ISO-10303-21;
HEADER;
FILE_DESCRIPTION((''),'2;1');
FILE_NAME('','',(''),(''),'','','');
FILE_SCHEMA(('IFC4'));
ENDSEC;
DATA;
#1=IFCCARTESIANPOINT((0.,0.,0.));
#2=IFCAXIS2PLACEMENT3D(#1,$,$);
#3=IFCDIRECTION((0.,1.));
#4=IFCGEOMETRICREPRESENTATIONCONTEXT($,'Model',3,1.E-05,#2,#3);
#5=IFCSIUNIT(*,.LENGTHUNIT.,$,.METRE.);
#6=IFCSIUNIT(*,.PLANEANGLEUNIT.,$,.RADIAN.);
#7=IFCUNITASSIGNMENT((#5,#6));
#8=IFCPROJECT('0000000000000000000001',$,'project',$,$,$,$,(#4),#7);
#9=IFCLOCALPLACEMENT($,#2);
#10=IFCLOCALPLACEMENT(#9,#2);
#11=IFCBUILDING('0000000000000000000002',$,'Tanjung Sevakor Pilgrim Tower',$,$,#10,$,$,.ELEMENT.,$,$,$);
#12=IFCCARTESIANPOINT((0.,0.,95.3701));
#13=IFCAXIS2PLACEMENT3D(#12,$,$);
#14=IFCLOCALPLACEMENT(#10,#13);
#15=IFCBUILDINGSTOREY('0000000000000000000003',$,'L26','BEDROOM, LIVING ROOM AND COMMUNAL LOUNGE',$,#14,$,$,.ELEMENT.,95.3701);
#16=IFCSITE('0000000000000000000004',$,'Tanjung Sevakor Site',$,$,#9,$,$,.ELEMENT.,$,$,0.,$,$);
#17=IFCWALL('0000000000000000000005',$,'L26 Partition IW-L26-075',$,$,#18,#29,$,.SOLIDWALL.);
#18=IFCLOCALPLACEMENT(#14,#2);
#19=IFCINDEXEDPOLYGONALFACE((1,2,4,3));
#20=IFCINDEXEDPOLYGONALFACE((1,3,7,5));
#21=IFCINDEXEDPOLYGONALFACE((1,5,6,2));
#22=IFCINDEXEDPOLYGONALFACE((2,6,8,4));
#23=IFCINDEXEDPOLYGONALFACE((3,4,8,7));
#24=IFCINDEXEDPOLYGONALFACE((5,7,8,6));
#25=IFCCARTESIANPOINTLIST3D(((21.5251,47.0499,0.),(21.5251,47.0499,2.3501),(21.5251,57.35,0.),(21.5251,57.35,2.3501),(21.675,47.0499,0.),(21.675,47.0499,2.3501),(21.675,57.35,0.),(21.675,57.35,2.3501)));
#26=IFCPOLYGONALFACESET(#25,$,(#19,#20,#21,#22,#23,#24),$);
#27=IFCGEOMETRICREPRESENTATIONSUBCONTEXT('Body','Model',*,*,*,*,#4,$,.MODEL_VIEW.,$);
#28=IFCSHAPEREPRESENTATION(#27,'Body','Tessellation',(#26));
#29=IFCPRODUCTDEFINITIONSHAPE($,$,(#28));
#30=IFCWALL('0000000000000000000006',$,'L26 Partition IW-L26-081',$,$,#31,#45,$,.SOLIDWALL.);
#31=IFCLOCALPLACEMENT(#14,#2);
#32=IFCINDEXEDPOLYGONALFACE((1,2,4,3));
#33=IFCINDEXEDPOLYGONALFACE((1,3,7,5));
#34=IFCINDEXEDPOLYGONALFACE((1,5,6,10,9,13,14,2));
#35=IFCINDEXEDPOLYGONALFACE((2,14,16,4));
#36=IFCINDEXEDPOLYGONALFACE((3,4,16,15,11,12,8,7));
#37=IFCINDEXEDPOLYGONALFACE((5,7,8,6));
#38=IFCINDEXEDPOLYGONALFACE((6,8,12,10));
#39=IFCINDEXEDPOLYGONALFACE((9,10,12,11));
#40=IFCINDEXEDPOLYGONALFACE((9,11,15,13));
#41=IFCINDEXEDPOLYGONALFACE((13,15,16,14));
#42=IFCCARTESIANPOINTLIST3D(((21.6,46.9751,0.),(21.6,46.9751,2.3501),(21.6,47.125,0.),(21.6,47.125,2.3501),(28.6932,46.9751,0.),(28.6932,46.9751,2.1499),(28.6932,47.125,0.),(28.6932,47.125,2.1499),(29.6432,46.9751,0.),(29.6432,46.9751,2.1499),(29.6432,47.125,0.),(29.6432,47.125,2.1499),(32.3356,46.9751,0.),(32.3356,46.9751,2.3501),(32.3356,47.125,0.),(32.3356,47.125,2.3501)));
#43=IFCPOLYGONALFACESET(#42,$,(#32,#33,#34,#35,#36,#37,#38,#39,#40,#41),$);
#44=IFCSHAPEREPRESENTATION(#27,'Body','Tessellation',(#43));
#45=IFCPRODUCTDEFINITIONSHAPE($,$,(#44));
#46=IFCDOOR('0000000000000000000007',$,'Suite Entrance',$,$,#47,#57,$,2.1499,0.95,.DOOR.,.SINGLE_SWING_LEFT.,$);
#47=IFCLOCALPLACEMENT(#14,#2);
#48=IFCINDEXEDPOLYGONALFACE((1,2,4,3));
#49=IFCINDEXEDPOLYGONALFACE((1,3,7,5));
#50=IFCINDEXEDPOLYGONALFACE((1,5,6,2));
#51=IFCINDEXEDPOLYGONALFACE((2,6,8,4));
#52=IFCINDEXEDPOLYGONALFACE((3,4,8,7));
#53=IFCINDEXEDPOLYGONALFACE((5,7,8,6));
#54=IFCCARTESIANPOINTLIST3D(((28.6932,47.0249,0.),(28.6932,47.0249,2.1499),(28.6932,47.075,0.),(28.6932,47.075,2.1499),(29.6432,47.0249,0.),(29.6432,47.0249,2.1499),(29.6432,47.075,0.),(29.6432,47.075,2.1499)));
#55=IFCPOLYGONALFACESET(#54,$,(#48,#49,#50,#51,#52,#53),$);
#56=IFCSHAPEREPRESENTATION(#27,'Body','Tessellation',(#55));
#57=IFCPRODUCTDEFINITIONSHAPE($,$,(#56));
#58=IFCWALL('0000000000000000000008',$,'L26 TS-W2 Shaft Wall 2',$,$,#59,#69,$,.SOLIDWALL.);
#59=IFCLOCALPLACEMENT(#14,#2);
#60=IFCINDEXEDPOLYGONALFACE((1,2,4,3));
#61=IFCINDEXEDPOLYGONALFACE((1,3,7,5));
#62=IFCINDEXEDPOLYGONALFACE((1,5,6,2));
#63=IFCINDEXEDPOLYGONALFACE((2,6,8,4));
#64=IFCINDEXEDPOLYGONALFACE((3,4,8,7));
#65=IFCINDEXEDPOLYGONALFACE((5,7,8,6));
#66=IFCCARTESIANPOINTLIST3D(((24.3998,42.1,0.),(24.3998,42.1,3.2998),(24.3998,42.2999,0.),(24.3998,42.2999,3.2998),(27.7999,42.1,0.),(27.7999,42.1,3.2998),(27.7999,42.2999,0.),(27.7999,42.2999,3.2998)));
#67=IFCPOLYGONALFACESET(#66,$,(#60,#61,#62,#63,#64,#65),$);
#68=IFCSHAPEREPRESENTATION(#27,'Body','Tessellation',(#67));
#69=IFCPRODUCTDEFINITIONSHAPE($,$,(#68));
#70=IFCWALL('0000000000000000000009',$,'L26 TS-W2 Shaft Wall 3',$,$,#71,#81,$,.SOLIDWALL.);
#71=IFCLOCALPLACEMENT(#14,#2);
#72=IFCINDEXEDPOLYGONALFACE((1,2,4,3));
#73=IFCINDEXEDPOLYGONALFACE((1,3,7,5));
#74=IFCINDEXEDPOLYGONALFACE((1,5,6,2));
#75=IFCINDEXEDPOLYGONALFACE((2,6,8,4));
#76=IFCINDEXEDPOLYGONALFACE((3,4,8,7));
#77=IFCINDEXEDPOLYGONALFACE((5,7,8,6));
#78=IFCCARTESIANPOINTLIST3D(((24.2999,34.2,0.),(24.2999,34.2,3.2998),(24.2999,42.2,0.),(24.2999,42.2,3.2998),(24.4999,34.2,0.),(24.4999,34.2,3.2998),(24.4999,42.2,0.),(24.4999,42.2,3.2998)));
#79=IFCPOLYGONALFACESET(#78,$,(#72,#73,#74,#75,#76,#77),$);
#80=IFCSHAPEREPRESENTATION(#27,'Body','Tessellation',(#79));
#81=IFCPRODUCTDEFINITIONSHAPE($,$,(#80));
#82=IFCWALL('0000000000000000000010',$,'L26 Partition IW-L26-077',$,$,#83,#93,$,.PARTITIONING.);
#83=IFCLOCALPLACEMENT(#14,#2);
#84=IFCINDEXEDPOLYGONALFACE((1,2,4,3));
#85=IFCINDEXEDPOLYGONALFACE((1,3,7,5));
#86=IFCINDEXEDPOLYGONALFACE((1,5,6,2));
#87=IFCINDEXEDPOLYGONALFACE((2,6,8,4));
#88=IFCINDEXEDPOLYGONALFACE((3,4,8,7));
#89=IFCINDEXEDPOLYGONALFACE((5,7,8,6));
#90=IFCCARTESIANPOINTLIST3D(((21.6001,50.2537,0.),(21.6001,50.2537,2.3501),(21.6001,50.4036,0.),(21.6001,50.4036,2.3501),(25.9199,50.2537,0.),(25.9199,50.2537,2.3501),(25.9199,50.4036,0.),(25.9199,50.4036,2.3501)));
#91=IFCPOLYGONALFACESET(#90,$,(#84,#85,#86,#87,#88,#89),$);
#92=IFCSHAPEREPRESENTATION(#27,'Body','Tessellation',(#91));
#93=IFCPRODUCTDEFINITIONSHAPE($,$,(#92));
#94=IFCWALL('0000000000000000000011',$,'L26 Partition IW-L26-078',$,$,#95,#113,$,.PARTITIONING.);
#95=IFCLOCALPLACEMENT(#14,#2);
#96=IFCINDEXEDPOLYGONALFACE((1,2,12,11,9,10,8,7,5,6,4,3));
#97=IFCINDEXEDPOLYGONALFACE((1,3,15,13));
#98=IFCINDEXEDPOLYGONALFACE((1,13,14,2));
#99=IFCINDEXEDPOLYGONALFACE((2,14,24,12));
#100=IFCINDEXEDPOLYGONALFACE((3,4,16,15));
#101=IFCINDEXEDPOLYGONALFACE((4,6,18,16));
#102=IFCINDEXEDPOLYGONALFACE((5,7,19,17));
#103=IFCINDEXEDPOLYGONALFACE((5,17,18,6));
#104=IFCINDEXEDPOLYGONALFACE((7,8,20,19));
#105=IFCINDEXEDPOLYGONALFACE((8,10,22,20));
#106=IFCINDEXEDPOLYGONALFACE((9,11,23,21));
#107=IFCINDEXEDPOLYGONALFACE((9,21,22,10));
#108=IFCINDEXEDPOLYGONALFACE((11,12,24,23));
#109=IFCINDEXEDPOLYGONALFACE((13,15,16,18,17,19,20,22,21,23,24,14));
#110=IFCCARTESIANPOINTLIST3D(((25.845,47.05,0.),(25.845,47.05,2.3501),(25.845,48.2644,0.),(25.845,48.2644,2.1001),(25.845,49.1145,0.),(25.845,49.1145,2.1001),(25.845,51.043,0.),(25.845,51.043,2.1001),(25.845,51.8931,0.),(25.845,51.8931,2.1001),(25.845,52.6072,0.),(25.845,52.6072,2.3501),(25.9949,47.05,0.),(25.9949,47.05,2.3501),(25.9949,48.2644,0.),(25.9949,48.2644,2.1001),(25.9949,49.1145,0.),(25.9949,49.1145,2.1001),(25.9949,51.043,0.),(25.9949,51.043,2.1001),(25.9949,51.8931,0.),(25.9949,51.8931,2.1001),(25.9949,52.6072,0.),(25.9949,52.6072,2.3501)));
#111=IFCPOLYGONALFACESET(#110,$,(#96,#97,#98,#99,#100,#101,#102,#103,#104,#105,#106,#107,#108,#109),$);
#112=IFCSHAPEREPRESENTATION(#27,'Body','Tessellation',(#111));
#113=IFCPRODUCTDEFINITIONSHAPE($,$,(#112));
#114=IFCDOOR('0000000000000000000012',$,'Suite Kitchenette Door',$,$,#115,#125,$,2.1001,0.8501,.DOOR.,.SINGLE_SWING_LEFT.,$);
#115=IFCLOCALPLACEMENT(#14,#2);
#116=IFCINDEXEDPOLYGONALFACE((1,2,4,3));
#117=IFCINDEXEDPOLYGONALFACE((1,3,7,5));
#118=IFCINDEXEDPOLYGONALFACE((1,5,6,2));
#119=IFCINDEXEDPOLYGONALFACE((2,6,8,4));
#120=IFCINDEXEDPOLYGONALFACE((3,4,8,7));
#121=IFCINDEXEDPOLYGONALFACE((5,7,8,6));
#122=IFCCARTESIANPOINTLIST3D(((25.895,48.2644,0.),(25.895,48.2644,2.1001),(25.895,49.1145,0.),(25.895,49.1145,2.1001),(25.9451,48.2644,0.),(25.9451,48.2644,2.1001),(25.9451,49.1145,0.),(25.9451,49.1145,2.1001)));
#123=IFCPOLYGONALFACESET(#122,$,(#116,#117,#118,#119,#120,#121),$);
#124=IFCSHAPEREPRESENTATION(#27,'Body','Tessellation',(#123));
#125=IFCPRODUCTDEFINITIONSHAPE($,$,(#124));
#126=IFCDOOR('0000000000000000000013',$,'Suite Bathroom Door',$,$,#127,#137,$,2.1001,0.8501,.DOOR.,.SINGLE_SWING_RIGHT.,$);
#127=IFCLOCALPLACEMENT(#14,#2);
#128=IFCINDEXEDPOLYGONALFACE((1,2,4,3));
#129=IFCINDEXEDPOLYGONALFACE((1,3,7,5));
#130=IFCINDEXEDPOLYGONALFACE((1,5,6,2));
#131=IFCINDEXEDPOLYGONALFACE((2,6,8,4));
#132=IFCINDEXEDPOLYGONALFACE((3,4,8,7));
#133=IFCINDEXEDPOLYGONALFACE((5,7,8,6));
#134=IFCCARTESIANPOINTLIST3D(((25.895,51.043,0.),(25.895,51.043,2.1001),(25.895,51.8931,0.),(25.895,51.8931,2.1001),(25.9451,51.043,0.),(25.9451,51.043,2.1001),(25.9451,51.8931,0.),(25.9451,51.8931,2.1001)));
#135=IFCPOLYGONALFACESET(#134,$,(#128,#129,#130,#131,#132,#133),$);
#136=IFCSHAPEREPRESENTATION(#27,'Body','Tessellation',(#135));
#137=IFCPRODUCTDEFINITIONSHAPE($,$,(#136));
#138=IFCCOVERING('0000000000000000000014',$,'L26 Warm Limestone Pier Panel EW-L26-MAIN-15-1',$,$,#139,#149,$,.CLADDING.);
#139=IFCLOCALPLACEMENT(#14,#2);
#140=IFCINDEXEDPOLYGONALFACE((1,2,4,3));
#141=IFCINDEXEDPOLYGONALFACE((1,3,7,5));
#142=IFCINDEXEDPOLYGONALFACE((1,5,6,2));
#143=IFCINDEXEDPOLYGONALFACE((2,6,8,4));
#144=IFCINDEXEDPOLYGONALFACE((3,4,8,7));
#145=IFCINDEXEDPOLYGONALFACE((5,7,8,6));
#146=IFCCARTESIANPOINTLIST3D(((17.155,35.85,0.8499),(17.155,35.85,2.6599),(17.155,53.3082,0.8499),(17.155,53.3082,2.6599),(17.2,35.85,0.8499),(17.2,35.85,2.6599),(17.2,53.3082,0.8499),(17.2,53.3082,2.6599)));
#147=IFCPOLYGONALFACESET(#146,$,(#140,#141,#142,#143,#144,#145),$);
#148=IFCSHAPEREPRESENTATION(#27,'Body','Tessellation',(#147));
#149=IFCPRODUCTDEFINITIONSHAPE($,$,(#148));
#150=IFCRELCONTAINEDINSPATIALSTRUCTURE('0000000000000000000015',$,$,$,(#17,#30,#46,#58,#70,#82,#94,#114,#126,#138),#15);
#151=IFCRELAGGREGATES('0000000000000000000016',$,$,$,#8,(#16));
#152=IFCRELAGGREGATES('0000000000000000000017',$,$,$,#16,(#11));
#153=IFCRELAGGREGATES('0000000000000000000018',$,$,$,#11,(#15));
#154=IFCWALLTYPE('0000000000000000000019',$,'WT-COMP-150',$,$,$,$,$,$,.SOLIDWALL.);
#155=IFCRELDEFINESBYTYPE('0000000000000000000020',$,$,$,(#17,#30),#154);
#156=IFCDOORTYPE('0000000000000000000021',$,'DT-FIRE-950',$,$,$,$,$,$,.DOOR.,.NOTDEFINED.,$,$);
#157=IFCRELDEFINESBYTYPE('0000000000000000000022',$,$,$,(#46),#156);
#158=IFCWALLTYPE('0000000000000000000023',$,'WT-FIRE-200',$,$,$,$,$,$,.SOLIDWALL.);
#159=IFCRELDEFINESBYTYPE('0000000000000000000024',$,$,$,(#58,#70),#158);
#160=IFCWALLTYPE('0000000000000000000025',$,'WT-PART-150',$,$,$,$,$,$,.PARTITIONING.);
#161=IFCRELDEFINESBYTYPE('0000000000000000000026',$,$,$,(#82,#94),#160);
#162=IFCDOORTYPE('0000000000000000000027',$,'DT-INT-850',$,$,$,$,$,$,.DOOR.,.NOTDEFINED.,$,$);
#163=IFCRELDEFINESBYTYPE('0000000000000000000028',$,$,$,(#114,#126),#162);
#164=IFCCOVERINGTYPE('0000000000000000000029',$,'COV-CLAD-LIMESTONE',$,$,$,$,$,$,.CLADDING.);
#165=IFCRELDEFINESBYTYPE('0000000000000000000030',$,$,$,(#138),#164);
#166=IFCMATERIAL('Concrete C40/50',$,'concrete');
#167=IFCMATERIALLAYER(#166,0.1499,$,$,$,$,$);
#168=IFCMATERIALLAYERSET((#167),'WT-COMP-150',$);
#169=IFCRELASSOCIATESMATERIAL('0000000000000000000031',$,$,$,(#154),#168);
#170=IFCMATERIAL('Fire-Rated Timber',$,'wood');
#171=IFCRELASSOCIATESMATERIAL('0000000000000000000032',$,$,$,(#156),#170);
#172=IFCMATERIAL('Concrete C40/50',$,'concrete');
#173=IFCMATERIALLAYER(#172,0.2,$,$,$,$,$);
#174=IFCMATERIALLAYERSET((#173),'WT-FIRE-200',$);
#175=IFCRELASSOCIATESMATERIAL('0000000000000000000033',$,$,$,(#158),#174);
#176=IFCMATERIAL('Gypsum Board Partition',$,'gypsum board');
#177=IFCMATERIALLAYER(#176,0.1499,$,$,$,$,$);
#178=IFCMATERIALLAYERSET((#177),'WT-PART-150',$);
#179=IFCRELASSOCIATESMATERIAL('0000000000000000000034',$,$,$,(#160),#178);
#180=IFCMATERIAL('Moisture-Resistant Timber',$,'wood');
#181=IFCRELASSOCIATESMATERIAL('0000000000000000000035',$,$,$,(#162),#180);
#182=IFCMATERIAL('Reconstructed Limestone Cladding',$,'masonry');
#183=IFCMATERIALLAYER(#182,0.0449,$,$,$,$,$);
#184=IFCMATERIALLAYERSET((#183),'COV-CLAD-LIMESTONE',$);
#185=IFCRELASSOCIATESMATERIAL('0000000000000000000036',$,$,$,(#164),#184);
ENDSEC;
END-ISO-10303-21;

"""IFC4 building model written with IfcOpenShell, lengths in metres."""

from ifc_helpers import new_model, si_unit, direction, frame, frame_2d, origin, origin_2d, place, context, subcontext, project, spatial, rectangle, extrude, material, layer, layer_set, type_object, element, fill, save


model = new_model("IFC4")

# Units and contexts
model_context = context("Model", 3, precision=1e-05, world=origin(), true_north=direction((0.0, 1.0)))
body_context = subcontext(model_context, "Body", "Model", "MODEL_VIEW")
ifc_project = project(units=[si_unit("LENGTHUNIT", "METRE"), si_unit("PLANEANGLEUNIT", "RADIAN")], contexts=[model_context])

# Site, building, storey
site_placement = place(None, origin())
site = spatial("IfcSite", under=ifc_project, at=site_placement, Name="Tanjung Sevakor Site", CompositionType="ELEMENT", RefElevation=0.0)
building_placement = place(site_placement, origin())
building = spatial("IfcBuilding", under=site, at=building_placement, Name="Tanjung Sevakor Pilgrim Tower", CompositionType="ELEMENT")
storey_placement = place(building_placement, frame((0.0, 0.0, 95.3701)))
storey = spatial("IfcBuildingStorey", under=building, at=storey_placement, Name="L26", Description="BEDROOM, LIVING ROOM AND COMMUNAL LOUNGE", CompositionType="ELEMENT", Elevation=95.3701)

# Wall
ifc_material_1 = material(Name="Concrete C40/50", Category="concrete")
ifc_layer_1 = layer(ifc_material_1, 0.1499)
ifc_layer_set_1 = layer_set([ifc_layer_1], Name="WT-COMP-150")
wall_type_1 = type_object("IfcWallType", Name="WT-COMP-150", PredefinedType="SOLIDWALL", material=ifc_layer_set_1)
wall_1_placement = place(storey_placement, frame((21.6001, 47.05, 0.0), z_axis=(0.0, 0.0, 1.0), x_axis=(0.0, 1.0, 0.0)))
element("IfcWall", 1, at=wall_1_placement, inside=storey, type_object=wall_type_1, Name="L26 Partition IW-L26-075", PredefinedType="SOLIDWALL", context=body_context, shape_type="SweptSolid", body=[
    extrude(rectangle(XDim=10.3, YDim=0.1499, at=frame_2d((5.1499, 0.0))), origin(), (0.0, 0.0, 1.0), 2.3501),
])

# Wall, opening, door
wall_2_placement = place(storey_placement, frame((21.6001, 47.05, 0.0), z_axis=(0.0, 0.0, 1.0), x_axis=(1.0, 0.0, 0.0)))
wall_2 = element("IfcWall", 2, at=wall_2_placement, inside=storey, type_object=wall_type_1, Name="L26 Partition IW-L26-081", PredefinedType="SOLIDWALL", context=body_context, shape_type="SweptSolid", body=[
    extrude(rectangle(XDim=10.7356, YDim=0.1499, at=frame_2d((5.3677, 0.0))), origin(), (0.0, 0.0, 1.0), 2.3501),
])
opening_1_placement = place(wall_2_placement, frame((7.093, 0.0, 0.0)))
opening_1 = element("IfcOpeningElement", 3, at=opening_1_placement, cuts=wall_2, PredefinedType="OPENING", context=body_context, shape_type="SweptSolid", body=[
    extrude(rectangle(XDim=0.95, YDim=2.1499, at=frame_2d((0.4751, 1.075))), frame((0.0, 0.085, 0.0), z_axis=(0.0, -1.0, 0.0), x_axis=(1.0, 0.0, 0.0)), (0.0, 0.0, 1.0), 0.1699),
])
ifc_material_2 = material(Name="Fire-Rated Timber", Category="wood")
door_type_1 = type_object("IfcDoorType", Name="DT-FIRE-950", OperationType="NOTDEFINED", PredefinedType="DOOR", material=ifc_material_2)
door_1_placement = place(opening_1_placement, origin())
door_1 = element("IfcDoor", 4, at=door_1_placement, inside=storey, type_object=door_type_1, Name="Suite Entrance", OperationType="SINGLE_SWING_LEFT", OverallHeight=2.1499, OverallWidth=0.95, PredefinedType="DOOR", context=body_context, shape_type="SweptSolid", body=[
    extrude(rectangle(XDim=0.95, YDim=2.1499, at=frame_2d((0.4751, 1.075))), frame((0.0, 0.0249, 0.0), z_axis=(0.0, -1.0, 0.0), x_axis=(1.0, 0.0, 0.0)), (0.0, 0.0, 1.0), 0.05),
])
fill(opening_1, door_1)

# Walls
ifc_material_3 = material(Name="Concrete C40/50", Category="concrete")
ifc_layer_2 = layer(ifc_material_3, 0.2)
ifc_layer_set_2 = layer_set([ifc_layer_2], Name="WT-FIRE-200")
wall_type_2 = type_object("IfcWallType", Name="WT-FIRE-200", PredefinedType="SOLIDWALL", material=ifc_layer_set_2)
wall_3_placement = place(storey_placement, frame((27.8, 42.2, 0.0), z_axis=(0.0, 0.0, 1.0), x_axis=(-1.0, 0.0, 0.0)))
element("IfcWall", 5, at=wall_3_placement, inside=storey, type_object=wall_type_2, Name="L26 TS-W2 Shaft Wall 2", PredefinedType="SOLIDWALL", context=body_context, shape_type="SweptSolid", body=[
    extrude(rectangle(XDim=3.4001, YDim=0.2, at=frame_2d((1.7002, 0.0))), origin(), (0.0, 0.0, 1.0), 3.2998),
])
wall_4_placement = place(storey_placement, frame((24.3999, 42.2, 0.0), z_axis=(0.0, 0.0, 1.0), x_axis=(0.0, -1.0, 0.0)))
element("IfcWall", 6, at=wall_4_placement, inside=storey, type_object=wall_type_2, Name="L26 TS-W2 Shaft Wall 3", PredefinedType="SOLIDWALL", context=body_context, shape_type="SweptSolid", body=[
    extrude(rectangle(XDim=8.0, YDim=0.2, at=frame_2d((4.0, 0.0))), origin(), (0.0, 0.0, 1.0), 3.2998),
])
ifc_material_4 = material(Name="Gypsum Board Partition", Category="gypsum board")
ifc_layer_3 = layer(ifc_material_4, 0.1499)
ifc_layer_set_3 = layer_set([ifc_layer_3], Name="WT-PART-150")
wall_type_3 = type_object("IfcWallType", Name="WT-PART-150", PredefinedType="PARTITIONING", material=ifc_layer_set_3)
wall_5_placement = place(storey_placement, frame((21.6001, 50.3286, 0.0), z_axis=(0.0, 0.0, 1.0), x_axis=(1.0, 0.0, 0.0)))
element("IfcWall", 7, at=wall_5_placement, inside=storey, type_object=wall_type_3, Name="L26 Partition IW-L26-077", PredefinedType="PARTITIONING", context=body_context, shape_type="SweptSolid", body=[
    extrude(rectangle(XDim=4.3198, YDim=0.1499, at=frame_2d((2.1599, 0.0))), origin(), (0.0, 0.0, 1.0), 2.3501),
])

# Wall, openings, doors
wall_6_placement = place(storey_placement, frame((25.9199, 47.05, 0.0), z_axis=(0.0, 0.0, 1.0), x_axis=(0.0, 1.0, 0.0)))
wall_6 = element("IfcWall", 8, at=wall_6_placement, inside=storey, type_object=wall_type_3, Name="L26 Partition IW-L26-078", PredefinedType="PARTITIONING", context=body_context, shape_type="SweptSolid", body=[
    extrude(rectangle(XDim=5.5571, YDim=0.1499, at=frame_2d((2.7786, 0.0))), origin(), (0.0, 0.0, 1.0), 2.3501),
])
opening_2_placement = place(wall_6_placement, frame((1.2144, 0.0, 0.0)))
opening_2 = element("IfcOpeningElement", 9, at=opening_2_placement, cuts=wall_6, PredefinedType="OPENING", context=body_context, shape_type="SweptSolid", body=[
    extrude(rectangle(XDim=0.8501, YDim=2.1001, at=frame_2d((0.425, 1.05))), frame((0.0, 0.085, 0.0), z_axis=(0.0, -1.0, 0.0), x_axis=(1.0, 0.0, 0.0)), (0.0, 0.0, 1.0), 0.1699),
])
opening_3_placement = place(wall_6_placement, frame((3.9929, 0.0, 0.0)))
opening_3 = element("IfcOpeningElement", 10, at=opening_3_placement, cuts=wall_6, PredefinedType="OPENING", context=body_context, shape_type="SweptSolid", body=[
    extrude(rectangle(XDim=0.8501, YDim=2.1001, at=frame_2d((0.425, 1.05))), frame((0.0, 0.085, 0.0), z_axis=(0.0, -1.0, 0.0), x_axis=(1.0, 0.0, 0.0)), (0.0, 0.0, 1.0), 0.1699),
])
ifc_material_5 = material(Name="Moisture-Resistant Timber", Category="wood")
door_type_2 = type_object("IfcDoorType", Name="DT-INT-850", OperationType="NOTDEFINED", PredefinedType="DOOR", material=ifc_material_5)
door_2_placement = place(opening_2_placement, origin())
door_2 = element("IfcDoor", 11, at=door_2_placement, inside=storey, type_object=door_type_2, Name="Suite Kitchenette Door", OperationType="SINGLE_SWING_LEFT", OverallHeight=2.1001, OverallWidth=0.8501, PredefinedType="DOOR", context=body_context, shape_type="SweptSolid", body=[
    extrude(rectangle(XDim=0.8501, YDim=2.1001, at=frame_2d((0.425, 1.05))), frame((0.0, 0.0249, 0.0), z_axis=(0.0, -1.0, 0.0), x_axis=(1.0, 0.0, 0.0)), (0.0, 0.0, 1.0), 0.05),
])
fill(opening_2, door_2)
door_3_placement = place(opening_3_placement, origin())
door_3 = element("IfcDoor", 12, at=door_3_placement, inside=storey, type_object=door_type_2, Name="Suite Bathroom Door", OperationType="SINGLE_SWING_RIGHT", OverallHeight=2.1001, OverallWidth=0.8501, PredefinedType="DOOR", context=body_context, shape_type="SweptSolid", body=[
    extrude(rectangle(XDim=0.8501, YDim=2.1001, at=frame_2d((0.425, 1.05))), frame((0.0, 0.0249, 0.0), z_axis=(0.0, -1.0, 0.0), x_axis=(1.0, 0.0, 0.0)), (0.0, 0.0, 1.0), 0.05),
])
fill(opening_3, door_3)

# Covering
ifc_material_6 = material(Name="Reconstructed Limestone Cladding", Category="masonry")
ifc_layer_4 = layer(ifc_material_6, 0.0449)
ifc_layer_set_4 = layer_set([ifc_layer_4], Name="COV-CLAD-LIMESTONE")
covering_type = type_object("IfcCoveringType", Name="COV-CLAD-LIMESTONE", PredefinedType="CLADDING", material=ifc_layer_set_4)
covering_placement = place(storey_placement, frame((17.1775, 44.5791, 0.8499), z_axis=(0.0, 0.0, 1.0), x_axis=(0.0, -1.0, 0.0)))
element("IfcCovering", 13, at=covering_placement, inside=storey, type_object=covering_type, Name="L26 Warm Limestone Pier Panel EW-L26-MAIN-15-1", PredefinedType="CLADDING", context=body_context, shape_type="SweptSolid", body=[
    extrude(rectangle(XDim=17.4583, YDim=0.0449, at=origin_2d()), origin(), (0.0, 0.0, 1.0), 1.8101),
])

save(model, "model.ifc")
